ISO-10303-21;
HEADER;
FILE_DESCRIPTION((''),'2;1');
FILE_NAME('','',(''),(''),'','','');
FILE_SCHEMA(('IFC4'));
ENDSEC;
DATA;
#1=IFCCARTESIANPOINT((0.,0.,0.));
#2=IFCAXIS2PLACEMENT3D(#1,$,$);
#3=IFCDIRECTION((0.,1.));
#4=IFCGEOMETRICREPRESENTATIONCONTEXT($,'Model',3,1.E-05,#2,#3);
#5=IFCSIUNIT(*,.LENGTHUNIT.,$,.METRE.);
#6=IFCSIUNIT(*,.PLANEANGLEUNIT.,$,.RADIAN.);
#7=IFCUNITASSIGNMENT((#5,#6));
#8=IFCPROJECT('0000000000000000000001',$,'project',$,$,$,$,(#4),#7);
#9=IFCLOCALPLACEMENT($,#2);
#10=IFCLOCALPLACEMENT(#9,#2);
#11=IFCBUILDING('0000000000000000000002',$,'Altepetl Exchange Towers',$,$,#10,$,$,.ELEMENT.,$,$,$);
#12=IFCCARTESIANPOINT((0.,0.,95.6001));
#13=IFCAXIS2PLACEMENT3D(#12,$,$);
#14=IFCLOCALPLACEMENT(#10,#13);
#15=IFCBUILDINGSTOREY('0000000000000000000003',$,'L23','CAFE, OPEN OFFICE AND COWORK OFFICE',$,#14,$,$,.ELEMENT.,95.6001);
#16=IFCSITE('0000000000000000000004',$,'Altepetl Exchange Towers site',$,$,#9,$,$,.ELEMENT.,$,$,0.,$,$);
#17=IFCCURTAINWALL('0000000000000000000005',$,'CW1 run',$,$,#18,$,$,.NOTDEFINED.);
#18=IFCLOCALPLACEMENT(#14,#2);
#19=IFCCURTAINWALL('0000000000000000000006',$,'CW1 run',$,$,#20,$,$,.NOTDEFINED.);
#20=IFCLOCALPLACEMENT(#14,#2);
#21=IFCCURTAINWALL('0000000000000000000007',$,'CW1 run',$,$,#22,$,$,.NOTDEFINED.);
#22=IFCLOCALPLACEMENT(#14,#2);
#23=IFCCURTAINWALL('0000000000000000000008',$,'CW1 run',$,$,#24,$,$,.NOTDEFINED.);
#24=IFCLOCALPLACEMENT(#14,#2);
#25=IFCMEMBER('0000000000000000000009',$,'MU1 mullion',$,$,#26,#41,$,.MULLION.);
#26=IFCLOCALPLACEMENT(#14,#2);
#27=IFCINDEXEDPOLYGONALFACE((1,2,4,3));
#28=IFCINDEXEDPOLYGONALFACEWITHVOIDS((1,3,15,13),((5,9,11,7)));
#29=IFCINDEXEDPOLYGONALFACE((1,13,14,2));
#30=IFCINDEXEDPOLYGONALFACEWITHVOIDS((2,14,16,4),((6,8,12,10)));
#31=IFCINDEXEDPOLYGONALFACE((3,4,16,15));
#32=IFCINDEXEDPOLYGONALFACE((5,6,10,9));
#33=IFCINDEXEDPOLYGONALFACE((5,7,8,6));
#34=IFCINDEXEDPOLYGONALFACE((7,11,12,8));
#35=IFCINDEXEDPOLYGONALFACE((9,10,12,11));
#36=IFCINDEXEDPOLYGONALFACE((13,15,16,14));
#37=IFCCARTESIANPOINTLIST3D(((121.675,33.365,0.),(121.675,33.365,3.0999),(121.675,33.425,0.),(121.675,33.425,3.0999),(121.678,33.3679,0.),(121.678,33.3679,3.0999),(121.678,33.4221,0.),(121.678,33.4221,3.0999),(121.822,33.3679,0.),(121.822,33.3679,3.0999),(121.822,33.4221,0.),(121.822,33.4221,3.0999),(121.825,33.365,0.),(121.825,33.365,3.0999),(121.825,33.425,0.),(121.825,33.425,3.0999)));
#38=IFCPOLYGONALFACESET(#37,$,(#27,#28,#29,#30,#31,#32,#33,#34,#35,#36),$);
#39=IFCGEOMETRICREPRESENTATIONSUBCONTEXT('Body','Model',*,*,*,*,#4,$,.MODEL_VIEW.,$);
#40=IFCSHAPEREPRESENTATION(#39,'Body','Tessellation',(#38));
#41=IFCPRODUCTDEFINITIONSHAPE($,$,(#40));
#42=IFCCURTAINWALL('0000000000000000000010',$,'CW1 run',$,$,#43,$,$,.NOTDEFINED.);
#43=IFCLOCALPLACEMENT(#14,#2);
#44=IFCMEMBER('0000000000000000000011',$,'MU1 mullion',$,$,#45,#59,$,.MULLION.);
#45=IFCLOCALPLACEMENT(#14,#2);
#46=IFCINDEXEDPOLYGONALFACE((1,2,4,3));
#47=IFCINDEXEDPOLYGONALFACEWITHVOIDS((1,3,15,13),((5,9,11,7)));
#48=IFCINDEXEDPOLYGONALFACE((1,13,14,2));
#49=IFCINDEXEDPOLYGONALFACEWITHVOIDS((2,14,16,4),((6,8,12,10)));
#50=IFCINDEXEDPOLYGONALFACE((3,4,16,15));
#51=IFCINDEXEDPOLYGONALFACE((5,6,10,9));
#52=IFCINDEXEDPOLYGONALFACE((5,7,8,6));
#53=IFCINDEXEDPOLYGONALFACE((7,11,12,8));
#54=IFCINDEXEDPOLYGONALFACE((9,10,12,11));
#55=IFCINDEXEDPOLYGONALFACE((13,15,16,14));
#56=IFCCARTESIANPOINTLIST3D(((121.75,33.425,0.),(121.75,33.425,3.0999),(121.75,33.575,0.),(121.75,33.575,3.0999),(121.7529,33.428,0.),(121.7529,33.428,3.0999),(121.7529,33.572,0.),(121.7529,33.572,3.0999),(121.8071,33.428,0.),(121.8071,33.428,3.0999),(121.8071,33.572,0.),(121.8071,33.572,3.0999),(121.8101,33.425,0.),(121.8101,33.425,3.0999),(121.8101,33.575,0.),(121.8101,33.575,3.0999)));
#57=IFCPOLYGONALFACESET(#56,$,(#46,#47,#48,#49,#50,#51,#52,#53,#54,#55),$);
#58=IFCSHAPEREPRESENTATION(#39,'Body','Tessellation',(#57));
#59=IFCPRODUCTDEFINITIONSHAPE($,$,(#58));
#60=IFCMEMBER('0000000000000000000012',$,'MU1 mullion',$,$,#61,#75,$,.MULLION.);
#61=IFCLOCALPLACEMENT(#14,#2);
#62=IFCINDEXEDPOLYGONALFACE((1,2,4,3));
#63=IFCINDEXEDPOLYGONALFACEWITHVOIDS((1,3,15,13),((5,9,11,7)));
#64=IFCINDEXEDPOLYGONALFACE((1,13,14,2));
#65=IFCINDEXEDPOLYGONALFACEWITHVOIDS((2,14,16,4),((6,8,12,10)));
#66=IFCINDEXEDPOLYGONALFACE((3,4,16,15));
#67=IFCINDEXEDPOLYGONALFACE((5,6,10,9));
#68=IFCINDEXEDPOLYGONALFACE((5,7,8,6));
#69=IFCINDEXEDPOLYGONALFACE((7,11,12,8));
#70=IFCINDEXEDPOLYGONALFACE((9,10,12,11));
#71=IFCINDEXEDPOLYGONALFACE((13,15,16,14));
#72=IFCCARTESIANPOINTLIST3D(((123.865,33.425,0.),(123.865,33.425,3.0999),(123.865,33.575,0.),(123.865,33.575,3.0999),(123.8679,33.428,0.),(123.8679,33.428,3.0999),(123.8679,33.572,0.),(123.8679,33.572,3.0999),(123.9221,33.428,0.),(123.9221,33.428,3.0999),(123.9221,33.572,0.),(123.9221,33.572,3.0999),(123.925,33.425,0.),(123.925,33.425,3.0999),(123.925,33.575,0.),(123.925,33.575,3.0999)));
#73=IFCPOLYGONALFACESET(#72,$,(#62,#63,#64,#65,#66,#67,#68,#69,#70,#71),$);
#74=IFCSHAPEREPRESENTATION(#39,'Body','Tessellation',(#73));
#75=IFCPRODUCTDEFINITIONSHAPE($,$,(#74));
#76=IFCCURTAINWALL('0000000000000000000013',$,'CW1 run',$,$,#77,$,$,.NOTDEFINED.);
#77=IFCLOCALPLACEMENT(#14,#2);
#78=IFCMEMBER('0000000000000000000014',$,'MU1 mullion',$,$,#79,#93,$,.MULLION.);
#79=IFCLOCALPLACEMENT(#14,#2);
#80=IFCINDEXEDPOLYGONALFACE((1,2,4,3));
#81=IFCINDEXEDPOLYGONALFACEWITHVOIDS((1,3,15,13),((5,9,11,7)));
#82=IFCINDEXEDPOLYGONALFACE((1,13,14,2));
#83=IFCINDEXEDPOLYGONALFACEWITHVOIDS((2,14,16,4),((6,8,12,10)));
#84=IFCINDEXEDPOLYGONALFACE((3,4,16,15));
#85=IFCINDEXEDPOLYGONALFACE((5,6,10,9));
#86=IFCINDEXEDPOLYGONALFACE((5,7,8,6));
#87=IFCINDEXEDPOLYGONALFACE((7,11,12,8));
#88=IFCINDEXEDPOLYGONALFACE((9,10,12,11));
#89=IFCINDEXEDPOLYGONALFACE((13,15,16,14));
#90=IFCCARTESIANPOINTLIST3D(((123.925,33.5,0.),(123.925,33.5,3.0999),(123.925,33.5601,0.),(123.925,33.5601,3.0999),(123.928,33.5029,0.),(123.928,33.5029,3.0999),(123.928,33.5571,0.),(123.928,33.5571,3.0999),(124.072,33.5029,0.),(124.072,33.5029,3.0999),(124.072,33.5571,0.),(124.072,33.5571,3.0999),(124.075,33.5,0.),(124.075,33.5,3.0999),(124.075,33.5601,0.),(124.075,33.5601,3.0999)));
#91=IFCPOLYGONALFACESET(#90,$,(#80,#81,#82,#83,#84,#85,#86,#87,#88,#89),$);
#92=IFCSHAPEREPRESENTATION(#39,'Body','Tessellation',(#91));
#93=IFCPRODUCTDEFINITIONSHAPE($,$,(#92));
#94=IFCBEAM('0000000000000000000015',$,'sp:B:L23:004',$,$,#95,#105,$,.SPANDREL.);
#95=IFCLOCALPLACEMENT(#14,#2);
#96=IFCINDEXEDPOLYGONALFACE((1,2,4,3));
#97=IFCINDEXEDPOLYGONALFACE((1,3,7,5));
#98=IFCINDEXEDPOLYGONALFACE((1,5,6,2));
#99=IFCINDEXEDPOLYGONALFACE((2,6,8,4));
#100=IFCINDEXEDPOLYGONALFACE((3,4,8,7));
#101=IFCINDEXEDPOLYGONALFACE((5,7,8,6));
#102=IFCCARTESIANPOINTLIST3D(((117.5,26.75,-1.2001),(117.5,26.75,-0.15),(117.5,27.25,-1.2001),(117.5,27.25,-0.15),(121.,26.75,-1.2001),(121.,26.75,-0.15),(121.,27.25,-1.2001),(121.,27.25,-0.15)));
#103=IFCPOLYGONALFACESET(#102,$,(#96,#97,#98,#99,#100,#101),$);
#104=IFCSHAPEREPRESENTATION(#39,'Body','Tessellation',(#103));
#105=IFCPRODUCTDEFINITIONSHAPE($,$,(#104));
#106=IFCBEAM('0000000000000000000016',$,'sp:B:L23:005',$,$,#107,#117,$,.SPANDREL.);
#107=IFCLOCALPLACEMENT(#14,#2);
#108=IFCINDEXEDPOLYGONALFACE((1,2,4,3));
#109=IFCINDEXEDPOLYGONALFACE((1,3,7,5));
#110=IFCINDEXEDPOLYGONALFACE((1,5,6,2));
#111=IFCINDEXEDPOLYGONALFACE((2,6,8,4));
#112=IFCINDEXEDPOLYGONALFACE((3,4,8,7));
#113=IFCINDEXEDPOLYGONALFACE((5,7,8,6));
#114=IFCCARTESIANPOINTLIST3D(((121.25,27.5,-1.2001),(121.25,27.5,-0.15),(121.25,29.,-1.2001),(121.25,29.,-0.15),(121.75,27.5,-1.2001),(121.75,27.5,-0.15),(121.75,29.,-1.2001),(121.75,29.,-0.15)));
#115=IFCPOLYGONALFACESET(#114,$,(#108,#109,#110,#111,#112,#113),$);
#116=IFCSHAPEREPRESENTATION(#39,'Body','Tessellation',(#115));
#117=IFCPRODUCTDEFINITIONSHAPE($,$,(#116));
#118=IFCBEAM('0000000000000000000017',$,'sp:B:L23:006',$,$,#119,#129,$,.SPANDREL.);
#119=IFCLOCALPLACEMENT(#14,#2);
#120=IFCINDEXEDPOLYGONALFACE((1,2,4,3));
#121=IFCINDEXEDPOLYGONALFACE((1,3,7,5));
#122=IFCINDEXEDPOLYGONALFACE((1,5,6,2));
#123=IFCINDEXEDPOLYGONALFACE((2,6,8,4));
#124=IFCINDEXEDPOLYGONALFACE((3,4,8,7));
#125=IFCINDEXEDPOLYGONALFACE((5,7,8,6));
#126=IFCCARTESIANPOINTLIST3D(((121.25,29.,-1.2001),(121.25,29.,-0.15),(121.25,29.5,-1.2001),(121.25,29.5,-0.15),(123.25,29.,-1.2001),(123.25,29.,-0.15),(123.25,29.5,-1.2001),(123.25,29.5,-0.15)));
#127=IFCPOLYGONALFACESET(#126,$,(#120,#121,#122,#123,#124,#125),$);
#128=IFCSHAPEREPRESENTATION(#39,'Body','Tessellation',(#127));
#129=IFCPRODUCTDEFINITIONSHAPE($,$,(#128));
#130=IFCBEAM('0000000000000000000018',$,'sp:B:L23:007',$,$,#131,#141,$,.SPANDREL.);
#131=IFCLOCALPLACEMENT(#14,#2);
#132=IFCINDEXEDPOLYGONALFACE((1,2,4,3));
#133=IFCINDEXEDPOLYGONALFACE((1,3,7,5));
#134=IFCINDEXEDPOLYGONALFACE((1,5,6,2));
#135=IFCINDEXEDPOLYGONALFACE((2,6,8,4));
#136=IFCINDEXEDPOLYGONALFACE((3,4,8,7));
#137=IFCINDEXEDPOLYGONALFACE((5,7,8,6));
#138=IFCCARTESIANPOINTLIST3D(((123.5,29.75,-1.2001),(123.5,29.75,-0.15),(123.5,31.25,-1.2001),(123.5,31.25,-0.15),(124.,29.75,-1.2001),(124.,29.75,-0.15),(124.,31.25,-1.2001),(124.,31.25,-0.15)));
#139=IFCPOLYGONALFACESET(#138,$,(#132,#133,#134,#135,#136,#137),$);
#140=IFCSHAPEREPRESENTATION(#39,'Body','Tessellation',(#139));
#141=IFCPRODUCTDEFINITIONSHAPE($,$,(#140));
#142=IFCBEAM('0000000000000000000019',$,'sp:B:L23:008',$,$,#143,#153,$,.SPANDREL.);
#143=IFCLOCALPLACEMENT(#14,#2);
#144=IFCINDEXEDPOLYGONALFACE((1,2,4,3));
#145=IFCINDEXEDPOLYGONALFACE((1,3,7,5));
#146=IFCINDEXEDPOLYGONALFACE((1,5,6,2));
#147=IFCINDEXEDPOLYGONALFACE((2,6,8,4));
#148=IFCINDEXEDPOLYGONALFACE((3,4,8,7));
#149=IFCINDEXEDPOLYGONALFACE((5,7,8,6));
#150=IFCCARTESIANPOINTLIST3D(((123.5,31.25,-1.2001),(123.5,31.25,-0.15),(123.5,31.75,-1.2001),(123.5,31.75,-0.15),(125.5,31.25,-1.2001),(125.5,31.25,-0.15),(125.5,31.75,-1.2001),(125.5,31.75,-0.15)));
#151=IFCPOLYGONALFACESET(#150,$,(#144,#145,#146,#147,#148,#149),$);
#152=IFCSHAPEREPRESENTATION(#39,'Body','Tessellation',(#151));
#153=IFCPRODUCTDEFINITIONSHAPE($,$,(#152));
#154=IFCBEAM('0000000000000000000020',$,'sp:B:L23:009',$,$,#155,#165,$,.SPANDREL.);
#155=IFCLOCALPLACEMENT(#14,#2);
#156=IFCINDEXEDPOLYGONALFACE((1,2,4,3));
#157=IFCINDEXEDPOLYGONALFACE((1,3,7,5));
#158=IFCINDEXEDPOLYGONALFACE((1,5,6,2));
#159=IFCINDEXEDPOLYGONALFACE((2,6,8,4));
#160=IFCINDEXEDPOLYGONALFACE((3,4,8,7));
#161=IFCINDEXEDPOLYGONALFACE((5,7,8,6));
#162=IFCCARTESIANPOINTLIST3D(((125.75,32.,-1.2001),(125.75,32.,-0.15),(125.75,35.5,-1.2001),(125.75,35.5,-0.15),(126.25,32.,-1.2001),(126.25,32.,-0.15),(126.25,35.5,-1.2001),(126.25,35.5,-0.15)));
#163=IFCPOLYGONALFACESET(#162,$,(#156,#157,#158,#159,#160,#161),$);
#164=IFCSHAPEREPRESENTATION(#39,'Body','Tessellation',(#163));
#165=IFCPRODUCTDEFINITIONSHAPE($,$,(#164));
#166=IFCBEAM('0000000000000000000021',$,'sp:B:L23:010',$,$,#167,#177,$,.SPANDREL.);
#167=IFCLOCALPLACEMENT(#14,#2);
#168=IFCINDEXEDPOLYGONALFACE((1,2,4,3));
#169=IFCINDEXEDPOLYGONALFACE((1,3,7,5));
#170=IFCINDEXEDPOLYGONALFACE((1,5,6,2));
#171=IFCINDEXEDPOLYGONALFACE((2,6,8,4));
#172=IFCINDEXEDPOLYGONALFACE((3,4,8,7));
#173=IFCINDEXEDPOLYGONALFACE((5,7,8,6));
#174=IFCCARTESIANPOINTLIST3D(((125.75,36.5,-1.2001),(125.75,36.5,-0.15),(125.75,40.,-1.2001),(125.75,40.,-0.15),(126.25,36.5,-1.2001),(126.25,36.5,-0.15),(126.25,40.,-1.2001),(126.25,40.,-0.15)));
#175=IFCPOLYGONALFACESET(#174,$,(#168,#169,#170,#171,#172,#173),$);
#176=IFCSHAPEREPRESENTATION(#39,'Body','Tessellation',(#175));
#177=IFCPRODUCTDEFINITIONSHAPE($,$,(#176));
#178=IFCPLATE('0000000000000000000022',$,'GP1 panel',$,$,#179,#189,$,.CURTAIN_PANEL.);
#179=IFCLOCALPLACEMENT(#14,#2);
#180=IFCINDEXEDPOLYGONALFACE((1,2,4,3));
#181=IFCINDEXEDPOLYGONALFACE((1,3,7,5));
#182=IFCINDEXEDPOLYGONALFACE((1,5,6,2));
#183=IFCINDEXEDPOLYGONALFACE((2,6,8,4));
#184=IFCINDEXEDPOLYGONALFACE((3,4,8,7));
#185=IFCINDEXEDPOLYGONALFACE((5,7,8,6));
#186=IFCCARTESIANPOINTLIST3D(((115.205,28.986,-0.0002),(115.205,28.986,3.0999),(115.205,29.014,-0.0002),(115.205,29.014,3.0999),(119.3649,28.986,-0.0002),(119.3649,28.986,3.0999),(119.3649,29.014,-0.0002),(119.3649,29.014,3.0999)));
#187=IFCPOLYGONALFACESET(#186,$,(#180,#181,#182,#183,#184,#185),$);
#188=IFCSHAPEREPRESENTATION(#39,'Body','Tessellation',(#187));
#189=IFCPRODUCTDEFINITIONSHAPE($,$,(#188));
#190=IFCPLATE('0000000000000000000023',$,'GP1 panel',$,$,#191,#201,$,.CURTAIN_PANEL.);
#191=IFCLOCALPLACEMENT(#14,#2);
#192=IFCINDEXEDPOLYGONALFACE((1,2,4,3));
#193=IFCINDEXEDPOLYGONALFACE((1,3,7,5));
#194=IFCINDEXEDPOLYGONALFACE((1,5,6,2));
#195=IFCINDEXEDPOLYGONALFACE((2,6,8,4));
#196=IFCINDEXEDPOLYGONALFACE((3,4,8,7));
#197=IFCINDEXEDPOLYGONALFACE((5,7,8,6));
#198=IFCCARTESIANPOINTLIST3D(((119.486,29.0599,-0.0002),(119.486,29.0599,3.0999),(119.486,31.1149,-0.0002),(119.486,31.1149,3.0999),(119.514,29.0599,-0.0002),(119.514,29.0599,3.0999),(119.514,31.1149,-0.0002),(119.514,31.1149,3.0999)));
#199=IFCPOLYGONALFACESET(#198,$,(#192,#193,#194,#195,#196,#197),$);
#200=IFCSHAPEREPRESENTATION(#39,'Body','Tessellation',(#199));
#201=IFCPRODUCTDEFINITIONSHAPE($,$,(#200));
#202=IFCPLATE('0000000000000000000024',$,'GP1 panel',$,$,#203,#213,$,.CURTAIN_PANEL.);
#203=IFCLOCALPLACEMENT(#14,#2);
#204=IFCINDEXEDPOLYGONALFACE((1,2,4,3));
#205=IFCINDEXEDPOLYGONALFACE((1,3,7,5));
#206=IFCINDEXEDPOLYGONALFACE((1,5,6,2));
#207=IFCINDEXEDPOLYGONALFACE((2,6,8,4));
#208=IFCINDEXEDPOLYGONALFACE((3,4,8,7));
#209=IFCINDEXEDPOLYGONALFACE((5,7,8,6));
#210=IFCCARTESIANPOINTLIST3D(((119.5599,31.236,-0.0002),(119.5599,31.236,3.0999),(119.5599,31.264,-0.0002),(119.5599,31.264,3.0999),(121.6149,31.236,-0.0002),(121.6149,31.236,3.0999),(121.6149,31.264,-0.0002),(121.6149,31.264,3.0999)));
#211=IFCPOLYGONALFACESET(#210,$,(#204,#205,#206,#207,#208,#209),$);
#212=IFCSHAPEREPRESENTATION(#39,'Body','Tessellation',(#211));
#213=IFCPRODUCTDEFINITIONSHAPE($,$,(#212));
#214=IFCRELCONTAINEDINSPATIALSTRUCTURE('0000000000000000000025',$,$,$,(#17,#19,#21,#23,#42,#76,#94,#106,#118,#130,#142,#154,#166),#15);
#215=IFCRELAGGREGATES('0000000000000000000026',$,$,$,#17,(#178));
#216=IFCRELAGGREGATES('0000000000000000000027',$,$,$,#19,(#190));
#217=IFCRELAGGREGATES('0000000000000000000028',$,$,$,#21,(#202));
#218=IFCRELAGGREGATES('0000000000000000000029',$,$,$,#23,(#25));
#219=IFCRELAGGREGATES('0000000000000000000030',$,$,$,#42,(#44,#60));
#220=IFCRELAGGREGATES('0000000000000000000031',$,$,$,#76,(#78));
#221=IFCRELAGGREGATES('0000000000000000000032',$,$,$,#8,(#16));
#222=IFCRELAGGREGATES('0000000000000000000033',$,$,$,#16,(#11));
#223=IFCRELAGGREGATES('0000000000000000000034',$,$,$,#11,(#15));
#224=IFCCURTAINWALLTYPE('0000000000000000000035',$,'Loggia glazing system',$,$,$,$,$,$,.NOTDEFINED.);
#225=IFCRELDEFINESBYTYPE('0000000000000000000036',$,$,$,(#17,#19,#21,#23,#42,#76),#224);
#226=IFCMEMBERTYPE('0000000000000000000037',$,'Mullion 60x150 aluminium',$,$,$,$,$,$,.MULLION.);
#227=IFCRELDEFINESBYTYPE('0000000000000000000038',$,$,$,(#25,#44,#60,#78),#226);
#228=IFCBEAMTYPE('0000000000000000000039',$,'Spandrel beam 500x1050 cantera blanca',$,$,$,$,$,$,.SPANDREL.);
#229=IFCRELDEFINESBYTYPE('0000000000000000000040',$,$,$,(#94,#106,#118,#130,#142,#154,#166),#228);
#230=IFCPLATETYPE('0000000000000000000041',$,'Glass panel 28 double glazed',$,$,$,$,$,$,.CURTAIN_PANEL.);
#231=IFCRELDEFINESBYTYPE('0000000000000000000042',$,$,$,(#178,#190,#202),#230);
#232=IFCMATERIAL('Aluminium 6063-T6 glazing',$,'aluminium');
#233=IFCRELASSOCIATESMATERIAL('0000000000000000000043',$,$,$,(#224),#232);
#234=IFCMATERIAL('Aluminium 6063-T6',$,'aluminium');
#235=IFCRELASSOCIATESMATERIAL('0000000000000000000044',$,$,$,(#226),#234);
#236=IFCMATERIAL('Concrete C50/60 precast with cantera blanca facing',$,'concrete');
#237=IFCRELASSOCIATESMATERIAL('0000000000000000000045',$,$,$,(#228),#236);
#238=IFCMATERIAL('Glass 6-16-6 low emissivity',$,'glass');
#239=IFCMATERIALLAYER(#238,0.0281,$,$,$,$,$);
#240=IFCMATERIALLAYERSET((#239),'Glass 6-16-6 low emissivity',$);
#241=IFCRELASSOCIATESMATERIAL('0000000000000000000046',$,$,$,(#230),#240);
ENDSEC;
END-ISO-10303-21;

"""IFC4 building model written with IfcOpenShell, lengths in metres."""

from ifc_helpers import new_model, si_unit, direction, frame, origin, origin_2d, place, context, subcontext, project, spatial, rectangle, hollow_rectangle, extrude, material, layer, layer_set, material_profile, profile_set, type_object, element, aggregate, save


model = new_model("IFC4")

# Units and contexts
model_context = context("Model", 3, precision=1e-05, world=origin(), true_north=direction((0.0, 1.0)))
body_context = subcontext(model_context, "Body", "Model", "MODEL_VIEW")
ifc_project = project(units=[si_unit("LENGTHUNIT", "METRE"), si_unit("PLANEANGLEUNIT", "RADIAN")], contexts=[model_context])

# Site, building, storey
site_placement = place(None, origin())
site = spatial("IfcSite", under=ifc_project, at=site_placement, Name="Altepetl Exchange Towers site", CompositionType="ELEMENT", RefElevation=0.0)
building_placement = place(site_placement, origin())
building = spatial("IfcBuilding", under=site, at=building_placement, Name="Altepetl Exchange Towers", CompositionType="ELEMENT")
storey_placement = place(building_placement, frame((0.0, 0.0, 95.6001)))
storey = spatial("IfcBuildingStorey", under=building, at=storey_placement, Name="L23", Description="CAFE, OPEN OFFICE AND COWORK OFFICE", CompositionType="ELEMENT", Elevation=95.6001)

# Curtain wall
ifc_material_1 = material(Name="Aluminium 6063-T6 glazing", Category="aluminium")
curtain_wall_type = type_object("IfcCurtainWallType", Name="Loggia glazing system", PredefinedType="NOTDEFINED", material=ifc_material_1)
curtain_wall_1_placement = place(storey_placement, origin())
curtain_wall_1 = element("IfcCurtainWall", 1, at=curtain_wall_1_placement, inside=storey, type_object=curtain_wall_type, Name="CW1 run", PredefinedType="NOTDEFINED")
ifc_material_2 = material(Name="Aluminium 6063-T6", Category="aluminium")
ifc_material_profile_1 = material_profile(ifc_material_2, hollow_rectangle(XDim=0.0601, YDim=0.1499, WallThickness=0.0029, at=origin_2d()), Name="Mullion 60x150 aluminium")
ifc_profile_set_1 = profile_set([ifc_material_profile_1], Name="Aluminium 6063-T6")
member_type = type_object("IfcMemberType", Name="Mullion 60x150 aluminium", PredefinedType="MULLION", material=ifc_profile_set_1)

# Curtain walls, members
curtain_wall_2_placement = place(storey_placement, origin())
curtain_wall_2 = element("IfcCurtainWall", 2, at=curtain_wall_2_placement, inside=storey, type_object=curtain_wall_type, Name="CW1 run", PredefinedType="NOTDEFINED")
curtain_wall_3_placement = place(storey_placement, origin())
curtain_wall_3 = element("IfcCurtainWall", 3, at=curtain_wall_3_placement, inside=storey, type_object=curtain_wall_type, Name="CW1 run", PredefinedType="NOTDEFINED")
curtain_wall_4_placement = place(storey_placement, origin())
curtain_wall_4 = element("IfcCurtainWall", 4, at=curtain_wall_4_placement, inside=storey, type_object=curtain_wall_type, Name="CW1 run", PredefinedType="NOTDEFINED")
member_1_placement = place(storey_placement, frame((121.75, 33.395, 0.0), z_axis=(0.0, 0.0, 1.0), x_axis=(0.0, 1.0, 0.0)))
member_1 = element("IfcMember", 5, at=member_1_placement, type_object=member_type, Name="MU1 mullion", PredefinedType="MULLION", context=body_context, shape_type="SweptSolid", body=[
    extrude(hollow_rectangle(XDim=0.0601, YDim=0.1499, WallThickness=0.0029, at=origin_2d()), origin(), (0.0, 0.0, 1.0), 3.0999),
])
curtain_wall_5_placement = place(storey_placement, origin())
curtain_wall_5 = element("IfcCurtainWall", 6, at=curtain_wall_5_placement, inside=storey, type_object=curtain_wall_type, Name="CW1 run", PredefinedType="NOTDEFINED")
member_2_placement = place(storey_placement, frame((121.78, 33.5, 0.0)))
member_2 = element("IfcMember", 7, at=member_2_placement, type_object=member_type, Name="MU1 mullion", PredefinedType="MULLION", context=body_context, shape_type="SweptSolid", body=[
    extrude(hollow_rectangle(XDim=0.0601, YDim=0.1499, WallThickness=0.0029, at=origin_2d()), origin(), (0.0, 0.0, 1.0), 3.0999),
])
member_3_placement = place(storey_placement, frame((123.895, 33.5, 0.0)))
member_3 = element("IfcMember", 8, at=member_3_placement, type_object=member_type, Name="MU1 mullion", PredefinedType="MULLION", context=body_context, shape_type="SweptSolid", body=[
    extrude(hollow_rectangle(XDim=0.0601, YDim=0.1499, WallThickness=0.0029, at=origin_2d()), origin(), (0.0, 0.0, 1.0), 3.0999),
])

# Curtain wall, member
curtain_wall_6_placement = place(storey_placement, origin())
curtain_wall_6 = element("IfcCurtainWall", 9, at=curtain_wall_6_placement, inside=storey, type_object=curtain_wall_type, Name="CW1 run", PredefinedType="NOTDEFINED")
member_4_placement = place(storey_placement, frame((124.0, 33.53, 0.0), z_axis=(0.0, 0.0, 1.0), x_axis=(0.0, 1.0, 0.0)))
member_4 = element("IfcMember", 10, at=member_4_placement, type_object=member_type, Name="MU1 mullion", PredefinedType="MULLION", context=body_context, shape_type="SweptSolid", body=[
    extrude(hollow_rectangle(XDim=0.0601, YDim=0.1499, WallThickness=0.0029, at=origin_2d()), origin(), (0.0, 0.0, 1.0), 3.0999),
])

# Beams
ifc_material_3 = material(Name="Concrete C50/60 precast with cantera blanca facing", Category="concrete")
ifc_material_profile_2 = material_profile(ifc_material_3, rectangle(XDim=0.5, YDim=1.05, at=origin_2d()), Name="500 x 1050")
ifc_profile_set_2 = profile_set([ifc_material_profile_2], Name="Concrete C50/60 precast with cantera blanca facing")
beam_type_1 = type_object("IfcBeamType", Name="Spandrel beam 500x1050 cantera blanca", PredefinedType="SPANDREL", material=ifc_profile_set_2)
beam_1_placement = place(storey_placement, frame((117.5, 27.0, -0.675), z_axis=(1.0, 0.0, 0.0), x_axis=(0.0, 1.0, 0.0)))
element("IfcBeam", 11, at=beam_1_placement, inside=storey, type_object=beam_type_1, Name="sp:B:L23:004", PredefinedType="SPANDREL", context=body_context, shape_type="SweptSolid", body=[
    extrude(rectangle(XDim=0.5, YDim=1.05, at=origin_2d()), origin(), (0.0, 0.0, 1.0), 3.5),
])
beam_2_placement = place(storey_placement, frame((121.5, 27.5, -0.675), z_axis=(0.0, 1.0, 0.0), x_axis=(-1.0, 0.0, 0.0)))
element("IfcBeam", 12, at=beam_2_placement, inside=storey, type_object=beam_type_1, Name="sp:B:L23:005", PredefinedType="SPANDREL", context=body_context, shape_type="SweptSolid", body=[
    extrude(rectangle(XDim=0.5, YDim=1.05, at=origin_2d()), origin(), (0.0, 0.0, 1.0), 1.5),
])
beam_3_placement = place(storey_placement, frame((121.25, 29.25, -0.675), z_axis=(1.0, 0.0, 0.0), x_axis=(0.0, 1.0, 0.0)))
element("IfcBeam", 13, at=beam_3_placement, inside=storey, type_object=beam_type_1, Name="sp:B:L23:006", PredefinedType="SPANDREL", context=body_context, shape_type="SweptSolid", body=[
    extrude(rectangle(XDim=0.5, YDim=1.05, at=origin_2d()), origin(), (0.0, 0.0, 1.0), 2.0),
])
beam_4_placement = place(storey_placement, frame((123.75, 29.75, -0.675), z_axis=(0.0, 1.0, 0.0), x_axis=(-1.0, 0.0, 0.0)))
element("IfcBeam", 14, at=beam_4_placement, inside=storey, type_object=beam_type_1, Name="sp:B:L23:007", PredefinedType="SPANDREL", context=body_context, shape_type="SweptSolid", body=[
    extrude(rectangle(XDim=0.5, YDim=1.05, at=origin_2d()), origin(), (0.0, 0.0, 1.0), 1.5),
])
beam_5_placement = place(storey_placement, frame((123.5, 31.5, -0.675), z_axis=(1.0, 0.0, 0.0), x_axis=(0.0, 1.0, 0.0)))
element("IfcBeam", 15, at=beam_5_placement, inside=storey, type_object=beam_type_1, Name="sp:B:L23:008", PredefinedType="SPANDREL", context=body_context, shape_type="SweptSolid", body=[
    extrude(rectangle(XDim=0.5, YDim=1.05, at=origin_2d()), origin(), (0.0, 0.0, 1.0), 2.0),
])
for number, where, z_axis, x_axis, name in (
    (16, (126.0, 32.0, -0.675), (0.0, 1.0, 0.0), (-1.0, 0.0, 0.0), "sp:B:L23:009"),
    (17, (126.0, 36.5, -0.675), (0.0, 1.0, 0.0), (-1.0, 0.0, 0.0), "sp:B:L23:010"),
):
    element("IfcBeam", number, at=place(storey_placement, frame(where, z_axis=z_axis, x_axis=x_axis)), inside=storey, type_object=beam_type_1, Name=name, PredefinedType="SPANDREL", context=body_context, shape_type="SweptSolid", body=[
        extrude(rectangle(XDim=0.5, YDim=1.05, at=origin_2d()), origin(), (0.0, 0.0, 1.0), 3.5),
    ])

# Plates
ifc_material_4 = material(Name="Glass 6-16-6 low emissivity", Category="glass")
ifc_layer_1 = layer(ifc_material_4, 0.0281)
ifc_layer_set_1 = layer_set([ifc_layer_1], Name="Glass 6-16-6 low emissivity")
plate_type = type_object("IfcPlateType", Name="Glass panel 28 double glazed", PredefinedType="CURTAIN_PANEL", material=ifc_layer_set_1)
plate_1_placement = place(storey_placement, frame((117.2849, 29.0, -0.0002)))
plate_1 = element("IfcPlate", 18, at=plate_1_placement, type_object=plate_type, Name="GP1 panel", PredefinedType="CURTAIN_PANEL", context=body_context, shape_type="SweptSolid", body=[
    extrude(rectangle(XDim=4.1599, YDim=0.0281, at=origin_2d()), origin(), (0.0, 0.0, 1.0), 3.1001),
])
aggregate(curtain_wall_1, [plate_1])
plate_2_placement = place(storey_placement, frame((119.5, 30.0874, -0.0002), z_axis=(0.0, 0.0, 1.0), x_axis=(0.0, 1.0, 0.0)))
plate_2 = element("IfcPlate", 19, at=plate_2_placement, type_object=plate_type, Name="GP1 panel", PredefinedType="CURTAIN_PANEL", context=body_context, shape_type="SweptSolid", body=[
    extrude(rectangle(XDim=2.0549, YDim=0.0281, at=origin_2d()), origin(), (0.0, 0.0, 1.0), 3.1001),
])
aggregate(curtain_wall_2, [plate_2])
plate_3_placement = place(storey_placement, frame((120.5874, 31.25, -0.0002)))
plate_3 = element("IfcPlate", 20, at=plate_3_placement, type_object=plate_type, Name="GP1 panel", PredefinedType="CURTAIN_PANEL", context=body_context, shape_type="SweptSolid", body=[
    extrude(rectangle(XDim=2.0549, YDim=0.0281, at=origin_2d()), origin(), (0.0, 0.0, 1.0), 3.1001),
])
aggregate(curtain_wall_3, [plate_3])
aggregate(curtain_wall_4, [member_1])
aggregate(curtain_wall_5, [member_2, member_3])
aggregate(curtain_wall_6, [member_4])

save(model, "model.ifc")
